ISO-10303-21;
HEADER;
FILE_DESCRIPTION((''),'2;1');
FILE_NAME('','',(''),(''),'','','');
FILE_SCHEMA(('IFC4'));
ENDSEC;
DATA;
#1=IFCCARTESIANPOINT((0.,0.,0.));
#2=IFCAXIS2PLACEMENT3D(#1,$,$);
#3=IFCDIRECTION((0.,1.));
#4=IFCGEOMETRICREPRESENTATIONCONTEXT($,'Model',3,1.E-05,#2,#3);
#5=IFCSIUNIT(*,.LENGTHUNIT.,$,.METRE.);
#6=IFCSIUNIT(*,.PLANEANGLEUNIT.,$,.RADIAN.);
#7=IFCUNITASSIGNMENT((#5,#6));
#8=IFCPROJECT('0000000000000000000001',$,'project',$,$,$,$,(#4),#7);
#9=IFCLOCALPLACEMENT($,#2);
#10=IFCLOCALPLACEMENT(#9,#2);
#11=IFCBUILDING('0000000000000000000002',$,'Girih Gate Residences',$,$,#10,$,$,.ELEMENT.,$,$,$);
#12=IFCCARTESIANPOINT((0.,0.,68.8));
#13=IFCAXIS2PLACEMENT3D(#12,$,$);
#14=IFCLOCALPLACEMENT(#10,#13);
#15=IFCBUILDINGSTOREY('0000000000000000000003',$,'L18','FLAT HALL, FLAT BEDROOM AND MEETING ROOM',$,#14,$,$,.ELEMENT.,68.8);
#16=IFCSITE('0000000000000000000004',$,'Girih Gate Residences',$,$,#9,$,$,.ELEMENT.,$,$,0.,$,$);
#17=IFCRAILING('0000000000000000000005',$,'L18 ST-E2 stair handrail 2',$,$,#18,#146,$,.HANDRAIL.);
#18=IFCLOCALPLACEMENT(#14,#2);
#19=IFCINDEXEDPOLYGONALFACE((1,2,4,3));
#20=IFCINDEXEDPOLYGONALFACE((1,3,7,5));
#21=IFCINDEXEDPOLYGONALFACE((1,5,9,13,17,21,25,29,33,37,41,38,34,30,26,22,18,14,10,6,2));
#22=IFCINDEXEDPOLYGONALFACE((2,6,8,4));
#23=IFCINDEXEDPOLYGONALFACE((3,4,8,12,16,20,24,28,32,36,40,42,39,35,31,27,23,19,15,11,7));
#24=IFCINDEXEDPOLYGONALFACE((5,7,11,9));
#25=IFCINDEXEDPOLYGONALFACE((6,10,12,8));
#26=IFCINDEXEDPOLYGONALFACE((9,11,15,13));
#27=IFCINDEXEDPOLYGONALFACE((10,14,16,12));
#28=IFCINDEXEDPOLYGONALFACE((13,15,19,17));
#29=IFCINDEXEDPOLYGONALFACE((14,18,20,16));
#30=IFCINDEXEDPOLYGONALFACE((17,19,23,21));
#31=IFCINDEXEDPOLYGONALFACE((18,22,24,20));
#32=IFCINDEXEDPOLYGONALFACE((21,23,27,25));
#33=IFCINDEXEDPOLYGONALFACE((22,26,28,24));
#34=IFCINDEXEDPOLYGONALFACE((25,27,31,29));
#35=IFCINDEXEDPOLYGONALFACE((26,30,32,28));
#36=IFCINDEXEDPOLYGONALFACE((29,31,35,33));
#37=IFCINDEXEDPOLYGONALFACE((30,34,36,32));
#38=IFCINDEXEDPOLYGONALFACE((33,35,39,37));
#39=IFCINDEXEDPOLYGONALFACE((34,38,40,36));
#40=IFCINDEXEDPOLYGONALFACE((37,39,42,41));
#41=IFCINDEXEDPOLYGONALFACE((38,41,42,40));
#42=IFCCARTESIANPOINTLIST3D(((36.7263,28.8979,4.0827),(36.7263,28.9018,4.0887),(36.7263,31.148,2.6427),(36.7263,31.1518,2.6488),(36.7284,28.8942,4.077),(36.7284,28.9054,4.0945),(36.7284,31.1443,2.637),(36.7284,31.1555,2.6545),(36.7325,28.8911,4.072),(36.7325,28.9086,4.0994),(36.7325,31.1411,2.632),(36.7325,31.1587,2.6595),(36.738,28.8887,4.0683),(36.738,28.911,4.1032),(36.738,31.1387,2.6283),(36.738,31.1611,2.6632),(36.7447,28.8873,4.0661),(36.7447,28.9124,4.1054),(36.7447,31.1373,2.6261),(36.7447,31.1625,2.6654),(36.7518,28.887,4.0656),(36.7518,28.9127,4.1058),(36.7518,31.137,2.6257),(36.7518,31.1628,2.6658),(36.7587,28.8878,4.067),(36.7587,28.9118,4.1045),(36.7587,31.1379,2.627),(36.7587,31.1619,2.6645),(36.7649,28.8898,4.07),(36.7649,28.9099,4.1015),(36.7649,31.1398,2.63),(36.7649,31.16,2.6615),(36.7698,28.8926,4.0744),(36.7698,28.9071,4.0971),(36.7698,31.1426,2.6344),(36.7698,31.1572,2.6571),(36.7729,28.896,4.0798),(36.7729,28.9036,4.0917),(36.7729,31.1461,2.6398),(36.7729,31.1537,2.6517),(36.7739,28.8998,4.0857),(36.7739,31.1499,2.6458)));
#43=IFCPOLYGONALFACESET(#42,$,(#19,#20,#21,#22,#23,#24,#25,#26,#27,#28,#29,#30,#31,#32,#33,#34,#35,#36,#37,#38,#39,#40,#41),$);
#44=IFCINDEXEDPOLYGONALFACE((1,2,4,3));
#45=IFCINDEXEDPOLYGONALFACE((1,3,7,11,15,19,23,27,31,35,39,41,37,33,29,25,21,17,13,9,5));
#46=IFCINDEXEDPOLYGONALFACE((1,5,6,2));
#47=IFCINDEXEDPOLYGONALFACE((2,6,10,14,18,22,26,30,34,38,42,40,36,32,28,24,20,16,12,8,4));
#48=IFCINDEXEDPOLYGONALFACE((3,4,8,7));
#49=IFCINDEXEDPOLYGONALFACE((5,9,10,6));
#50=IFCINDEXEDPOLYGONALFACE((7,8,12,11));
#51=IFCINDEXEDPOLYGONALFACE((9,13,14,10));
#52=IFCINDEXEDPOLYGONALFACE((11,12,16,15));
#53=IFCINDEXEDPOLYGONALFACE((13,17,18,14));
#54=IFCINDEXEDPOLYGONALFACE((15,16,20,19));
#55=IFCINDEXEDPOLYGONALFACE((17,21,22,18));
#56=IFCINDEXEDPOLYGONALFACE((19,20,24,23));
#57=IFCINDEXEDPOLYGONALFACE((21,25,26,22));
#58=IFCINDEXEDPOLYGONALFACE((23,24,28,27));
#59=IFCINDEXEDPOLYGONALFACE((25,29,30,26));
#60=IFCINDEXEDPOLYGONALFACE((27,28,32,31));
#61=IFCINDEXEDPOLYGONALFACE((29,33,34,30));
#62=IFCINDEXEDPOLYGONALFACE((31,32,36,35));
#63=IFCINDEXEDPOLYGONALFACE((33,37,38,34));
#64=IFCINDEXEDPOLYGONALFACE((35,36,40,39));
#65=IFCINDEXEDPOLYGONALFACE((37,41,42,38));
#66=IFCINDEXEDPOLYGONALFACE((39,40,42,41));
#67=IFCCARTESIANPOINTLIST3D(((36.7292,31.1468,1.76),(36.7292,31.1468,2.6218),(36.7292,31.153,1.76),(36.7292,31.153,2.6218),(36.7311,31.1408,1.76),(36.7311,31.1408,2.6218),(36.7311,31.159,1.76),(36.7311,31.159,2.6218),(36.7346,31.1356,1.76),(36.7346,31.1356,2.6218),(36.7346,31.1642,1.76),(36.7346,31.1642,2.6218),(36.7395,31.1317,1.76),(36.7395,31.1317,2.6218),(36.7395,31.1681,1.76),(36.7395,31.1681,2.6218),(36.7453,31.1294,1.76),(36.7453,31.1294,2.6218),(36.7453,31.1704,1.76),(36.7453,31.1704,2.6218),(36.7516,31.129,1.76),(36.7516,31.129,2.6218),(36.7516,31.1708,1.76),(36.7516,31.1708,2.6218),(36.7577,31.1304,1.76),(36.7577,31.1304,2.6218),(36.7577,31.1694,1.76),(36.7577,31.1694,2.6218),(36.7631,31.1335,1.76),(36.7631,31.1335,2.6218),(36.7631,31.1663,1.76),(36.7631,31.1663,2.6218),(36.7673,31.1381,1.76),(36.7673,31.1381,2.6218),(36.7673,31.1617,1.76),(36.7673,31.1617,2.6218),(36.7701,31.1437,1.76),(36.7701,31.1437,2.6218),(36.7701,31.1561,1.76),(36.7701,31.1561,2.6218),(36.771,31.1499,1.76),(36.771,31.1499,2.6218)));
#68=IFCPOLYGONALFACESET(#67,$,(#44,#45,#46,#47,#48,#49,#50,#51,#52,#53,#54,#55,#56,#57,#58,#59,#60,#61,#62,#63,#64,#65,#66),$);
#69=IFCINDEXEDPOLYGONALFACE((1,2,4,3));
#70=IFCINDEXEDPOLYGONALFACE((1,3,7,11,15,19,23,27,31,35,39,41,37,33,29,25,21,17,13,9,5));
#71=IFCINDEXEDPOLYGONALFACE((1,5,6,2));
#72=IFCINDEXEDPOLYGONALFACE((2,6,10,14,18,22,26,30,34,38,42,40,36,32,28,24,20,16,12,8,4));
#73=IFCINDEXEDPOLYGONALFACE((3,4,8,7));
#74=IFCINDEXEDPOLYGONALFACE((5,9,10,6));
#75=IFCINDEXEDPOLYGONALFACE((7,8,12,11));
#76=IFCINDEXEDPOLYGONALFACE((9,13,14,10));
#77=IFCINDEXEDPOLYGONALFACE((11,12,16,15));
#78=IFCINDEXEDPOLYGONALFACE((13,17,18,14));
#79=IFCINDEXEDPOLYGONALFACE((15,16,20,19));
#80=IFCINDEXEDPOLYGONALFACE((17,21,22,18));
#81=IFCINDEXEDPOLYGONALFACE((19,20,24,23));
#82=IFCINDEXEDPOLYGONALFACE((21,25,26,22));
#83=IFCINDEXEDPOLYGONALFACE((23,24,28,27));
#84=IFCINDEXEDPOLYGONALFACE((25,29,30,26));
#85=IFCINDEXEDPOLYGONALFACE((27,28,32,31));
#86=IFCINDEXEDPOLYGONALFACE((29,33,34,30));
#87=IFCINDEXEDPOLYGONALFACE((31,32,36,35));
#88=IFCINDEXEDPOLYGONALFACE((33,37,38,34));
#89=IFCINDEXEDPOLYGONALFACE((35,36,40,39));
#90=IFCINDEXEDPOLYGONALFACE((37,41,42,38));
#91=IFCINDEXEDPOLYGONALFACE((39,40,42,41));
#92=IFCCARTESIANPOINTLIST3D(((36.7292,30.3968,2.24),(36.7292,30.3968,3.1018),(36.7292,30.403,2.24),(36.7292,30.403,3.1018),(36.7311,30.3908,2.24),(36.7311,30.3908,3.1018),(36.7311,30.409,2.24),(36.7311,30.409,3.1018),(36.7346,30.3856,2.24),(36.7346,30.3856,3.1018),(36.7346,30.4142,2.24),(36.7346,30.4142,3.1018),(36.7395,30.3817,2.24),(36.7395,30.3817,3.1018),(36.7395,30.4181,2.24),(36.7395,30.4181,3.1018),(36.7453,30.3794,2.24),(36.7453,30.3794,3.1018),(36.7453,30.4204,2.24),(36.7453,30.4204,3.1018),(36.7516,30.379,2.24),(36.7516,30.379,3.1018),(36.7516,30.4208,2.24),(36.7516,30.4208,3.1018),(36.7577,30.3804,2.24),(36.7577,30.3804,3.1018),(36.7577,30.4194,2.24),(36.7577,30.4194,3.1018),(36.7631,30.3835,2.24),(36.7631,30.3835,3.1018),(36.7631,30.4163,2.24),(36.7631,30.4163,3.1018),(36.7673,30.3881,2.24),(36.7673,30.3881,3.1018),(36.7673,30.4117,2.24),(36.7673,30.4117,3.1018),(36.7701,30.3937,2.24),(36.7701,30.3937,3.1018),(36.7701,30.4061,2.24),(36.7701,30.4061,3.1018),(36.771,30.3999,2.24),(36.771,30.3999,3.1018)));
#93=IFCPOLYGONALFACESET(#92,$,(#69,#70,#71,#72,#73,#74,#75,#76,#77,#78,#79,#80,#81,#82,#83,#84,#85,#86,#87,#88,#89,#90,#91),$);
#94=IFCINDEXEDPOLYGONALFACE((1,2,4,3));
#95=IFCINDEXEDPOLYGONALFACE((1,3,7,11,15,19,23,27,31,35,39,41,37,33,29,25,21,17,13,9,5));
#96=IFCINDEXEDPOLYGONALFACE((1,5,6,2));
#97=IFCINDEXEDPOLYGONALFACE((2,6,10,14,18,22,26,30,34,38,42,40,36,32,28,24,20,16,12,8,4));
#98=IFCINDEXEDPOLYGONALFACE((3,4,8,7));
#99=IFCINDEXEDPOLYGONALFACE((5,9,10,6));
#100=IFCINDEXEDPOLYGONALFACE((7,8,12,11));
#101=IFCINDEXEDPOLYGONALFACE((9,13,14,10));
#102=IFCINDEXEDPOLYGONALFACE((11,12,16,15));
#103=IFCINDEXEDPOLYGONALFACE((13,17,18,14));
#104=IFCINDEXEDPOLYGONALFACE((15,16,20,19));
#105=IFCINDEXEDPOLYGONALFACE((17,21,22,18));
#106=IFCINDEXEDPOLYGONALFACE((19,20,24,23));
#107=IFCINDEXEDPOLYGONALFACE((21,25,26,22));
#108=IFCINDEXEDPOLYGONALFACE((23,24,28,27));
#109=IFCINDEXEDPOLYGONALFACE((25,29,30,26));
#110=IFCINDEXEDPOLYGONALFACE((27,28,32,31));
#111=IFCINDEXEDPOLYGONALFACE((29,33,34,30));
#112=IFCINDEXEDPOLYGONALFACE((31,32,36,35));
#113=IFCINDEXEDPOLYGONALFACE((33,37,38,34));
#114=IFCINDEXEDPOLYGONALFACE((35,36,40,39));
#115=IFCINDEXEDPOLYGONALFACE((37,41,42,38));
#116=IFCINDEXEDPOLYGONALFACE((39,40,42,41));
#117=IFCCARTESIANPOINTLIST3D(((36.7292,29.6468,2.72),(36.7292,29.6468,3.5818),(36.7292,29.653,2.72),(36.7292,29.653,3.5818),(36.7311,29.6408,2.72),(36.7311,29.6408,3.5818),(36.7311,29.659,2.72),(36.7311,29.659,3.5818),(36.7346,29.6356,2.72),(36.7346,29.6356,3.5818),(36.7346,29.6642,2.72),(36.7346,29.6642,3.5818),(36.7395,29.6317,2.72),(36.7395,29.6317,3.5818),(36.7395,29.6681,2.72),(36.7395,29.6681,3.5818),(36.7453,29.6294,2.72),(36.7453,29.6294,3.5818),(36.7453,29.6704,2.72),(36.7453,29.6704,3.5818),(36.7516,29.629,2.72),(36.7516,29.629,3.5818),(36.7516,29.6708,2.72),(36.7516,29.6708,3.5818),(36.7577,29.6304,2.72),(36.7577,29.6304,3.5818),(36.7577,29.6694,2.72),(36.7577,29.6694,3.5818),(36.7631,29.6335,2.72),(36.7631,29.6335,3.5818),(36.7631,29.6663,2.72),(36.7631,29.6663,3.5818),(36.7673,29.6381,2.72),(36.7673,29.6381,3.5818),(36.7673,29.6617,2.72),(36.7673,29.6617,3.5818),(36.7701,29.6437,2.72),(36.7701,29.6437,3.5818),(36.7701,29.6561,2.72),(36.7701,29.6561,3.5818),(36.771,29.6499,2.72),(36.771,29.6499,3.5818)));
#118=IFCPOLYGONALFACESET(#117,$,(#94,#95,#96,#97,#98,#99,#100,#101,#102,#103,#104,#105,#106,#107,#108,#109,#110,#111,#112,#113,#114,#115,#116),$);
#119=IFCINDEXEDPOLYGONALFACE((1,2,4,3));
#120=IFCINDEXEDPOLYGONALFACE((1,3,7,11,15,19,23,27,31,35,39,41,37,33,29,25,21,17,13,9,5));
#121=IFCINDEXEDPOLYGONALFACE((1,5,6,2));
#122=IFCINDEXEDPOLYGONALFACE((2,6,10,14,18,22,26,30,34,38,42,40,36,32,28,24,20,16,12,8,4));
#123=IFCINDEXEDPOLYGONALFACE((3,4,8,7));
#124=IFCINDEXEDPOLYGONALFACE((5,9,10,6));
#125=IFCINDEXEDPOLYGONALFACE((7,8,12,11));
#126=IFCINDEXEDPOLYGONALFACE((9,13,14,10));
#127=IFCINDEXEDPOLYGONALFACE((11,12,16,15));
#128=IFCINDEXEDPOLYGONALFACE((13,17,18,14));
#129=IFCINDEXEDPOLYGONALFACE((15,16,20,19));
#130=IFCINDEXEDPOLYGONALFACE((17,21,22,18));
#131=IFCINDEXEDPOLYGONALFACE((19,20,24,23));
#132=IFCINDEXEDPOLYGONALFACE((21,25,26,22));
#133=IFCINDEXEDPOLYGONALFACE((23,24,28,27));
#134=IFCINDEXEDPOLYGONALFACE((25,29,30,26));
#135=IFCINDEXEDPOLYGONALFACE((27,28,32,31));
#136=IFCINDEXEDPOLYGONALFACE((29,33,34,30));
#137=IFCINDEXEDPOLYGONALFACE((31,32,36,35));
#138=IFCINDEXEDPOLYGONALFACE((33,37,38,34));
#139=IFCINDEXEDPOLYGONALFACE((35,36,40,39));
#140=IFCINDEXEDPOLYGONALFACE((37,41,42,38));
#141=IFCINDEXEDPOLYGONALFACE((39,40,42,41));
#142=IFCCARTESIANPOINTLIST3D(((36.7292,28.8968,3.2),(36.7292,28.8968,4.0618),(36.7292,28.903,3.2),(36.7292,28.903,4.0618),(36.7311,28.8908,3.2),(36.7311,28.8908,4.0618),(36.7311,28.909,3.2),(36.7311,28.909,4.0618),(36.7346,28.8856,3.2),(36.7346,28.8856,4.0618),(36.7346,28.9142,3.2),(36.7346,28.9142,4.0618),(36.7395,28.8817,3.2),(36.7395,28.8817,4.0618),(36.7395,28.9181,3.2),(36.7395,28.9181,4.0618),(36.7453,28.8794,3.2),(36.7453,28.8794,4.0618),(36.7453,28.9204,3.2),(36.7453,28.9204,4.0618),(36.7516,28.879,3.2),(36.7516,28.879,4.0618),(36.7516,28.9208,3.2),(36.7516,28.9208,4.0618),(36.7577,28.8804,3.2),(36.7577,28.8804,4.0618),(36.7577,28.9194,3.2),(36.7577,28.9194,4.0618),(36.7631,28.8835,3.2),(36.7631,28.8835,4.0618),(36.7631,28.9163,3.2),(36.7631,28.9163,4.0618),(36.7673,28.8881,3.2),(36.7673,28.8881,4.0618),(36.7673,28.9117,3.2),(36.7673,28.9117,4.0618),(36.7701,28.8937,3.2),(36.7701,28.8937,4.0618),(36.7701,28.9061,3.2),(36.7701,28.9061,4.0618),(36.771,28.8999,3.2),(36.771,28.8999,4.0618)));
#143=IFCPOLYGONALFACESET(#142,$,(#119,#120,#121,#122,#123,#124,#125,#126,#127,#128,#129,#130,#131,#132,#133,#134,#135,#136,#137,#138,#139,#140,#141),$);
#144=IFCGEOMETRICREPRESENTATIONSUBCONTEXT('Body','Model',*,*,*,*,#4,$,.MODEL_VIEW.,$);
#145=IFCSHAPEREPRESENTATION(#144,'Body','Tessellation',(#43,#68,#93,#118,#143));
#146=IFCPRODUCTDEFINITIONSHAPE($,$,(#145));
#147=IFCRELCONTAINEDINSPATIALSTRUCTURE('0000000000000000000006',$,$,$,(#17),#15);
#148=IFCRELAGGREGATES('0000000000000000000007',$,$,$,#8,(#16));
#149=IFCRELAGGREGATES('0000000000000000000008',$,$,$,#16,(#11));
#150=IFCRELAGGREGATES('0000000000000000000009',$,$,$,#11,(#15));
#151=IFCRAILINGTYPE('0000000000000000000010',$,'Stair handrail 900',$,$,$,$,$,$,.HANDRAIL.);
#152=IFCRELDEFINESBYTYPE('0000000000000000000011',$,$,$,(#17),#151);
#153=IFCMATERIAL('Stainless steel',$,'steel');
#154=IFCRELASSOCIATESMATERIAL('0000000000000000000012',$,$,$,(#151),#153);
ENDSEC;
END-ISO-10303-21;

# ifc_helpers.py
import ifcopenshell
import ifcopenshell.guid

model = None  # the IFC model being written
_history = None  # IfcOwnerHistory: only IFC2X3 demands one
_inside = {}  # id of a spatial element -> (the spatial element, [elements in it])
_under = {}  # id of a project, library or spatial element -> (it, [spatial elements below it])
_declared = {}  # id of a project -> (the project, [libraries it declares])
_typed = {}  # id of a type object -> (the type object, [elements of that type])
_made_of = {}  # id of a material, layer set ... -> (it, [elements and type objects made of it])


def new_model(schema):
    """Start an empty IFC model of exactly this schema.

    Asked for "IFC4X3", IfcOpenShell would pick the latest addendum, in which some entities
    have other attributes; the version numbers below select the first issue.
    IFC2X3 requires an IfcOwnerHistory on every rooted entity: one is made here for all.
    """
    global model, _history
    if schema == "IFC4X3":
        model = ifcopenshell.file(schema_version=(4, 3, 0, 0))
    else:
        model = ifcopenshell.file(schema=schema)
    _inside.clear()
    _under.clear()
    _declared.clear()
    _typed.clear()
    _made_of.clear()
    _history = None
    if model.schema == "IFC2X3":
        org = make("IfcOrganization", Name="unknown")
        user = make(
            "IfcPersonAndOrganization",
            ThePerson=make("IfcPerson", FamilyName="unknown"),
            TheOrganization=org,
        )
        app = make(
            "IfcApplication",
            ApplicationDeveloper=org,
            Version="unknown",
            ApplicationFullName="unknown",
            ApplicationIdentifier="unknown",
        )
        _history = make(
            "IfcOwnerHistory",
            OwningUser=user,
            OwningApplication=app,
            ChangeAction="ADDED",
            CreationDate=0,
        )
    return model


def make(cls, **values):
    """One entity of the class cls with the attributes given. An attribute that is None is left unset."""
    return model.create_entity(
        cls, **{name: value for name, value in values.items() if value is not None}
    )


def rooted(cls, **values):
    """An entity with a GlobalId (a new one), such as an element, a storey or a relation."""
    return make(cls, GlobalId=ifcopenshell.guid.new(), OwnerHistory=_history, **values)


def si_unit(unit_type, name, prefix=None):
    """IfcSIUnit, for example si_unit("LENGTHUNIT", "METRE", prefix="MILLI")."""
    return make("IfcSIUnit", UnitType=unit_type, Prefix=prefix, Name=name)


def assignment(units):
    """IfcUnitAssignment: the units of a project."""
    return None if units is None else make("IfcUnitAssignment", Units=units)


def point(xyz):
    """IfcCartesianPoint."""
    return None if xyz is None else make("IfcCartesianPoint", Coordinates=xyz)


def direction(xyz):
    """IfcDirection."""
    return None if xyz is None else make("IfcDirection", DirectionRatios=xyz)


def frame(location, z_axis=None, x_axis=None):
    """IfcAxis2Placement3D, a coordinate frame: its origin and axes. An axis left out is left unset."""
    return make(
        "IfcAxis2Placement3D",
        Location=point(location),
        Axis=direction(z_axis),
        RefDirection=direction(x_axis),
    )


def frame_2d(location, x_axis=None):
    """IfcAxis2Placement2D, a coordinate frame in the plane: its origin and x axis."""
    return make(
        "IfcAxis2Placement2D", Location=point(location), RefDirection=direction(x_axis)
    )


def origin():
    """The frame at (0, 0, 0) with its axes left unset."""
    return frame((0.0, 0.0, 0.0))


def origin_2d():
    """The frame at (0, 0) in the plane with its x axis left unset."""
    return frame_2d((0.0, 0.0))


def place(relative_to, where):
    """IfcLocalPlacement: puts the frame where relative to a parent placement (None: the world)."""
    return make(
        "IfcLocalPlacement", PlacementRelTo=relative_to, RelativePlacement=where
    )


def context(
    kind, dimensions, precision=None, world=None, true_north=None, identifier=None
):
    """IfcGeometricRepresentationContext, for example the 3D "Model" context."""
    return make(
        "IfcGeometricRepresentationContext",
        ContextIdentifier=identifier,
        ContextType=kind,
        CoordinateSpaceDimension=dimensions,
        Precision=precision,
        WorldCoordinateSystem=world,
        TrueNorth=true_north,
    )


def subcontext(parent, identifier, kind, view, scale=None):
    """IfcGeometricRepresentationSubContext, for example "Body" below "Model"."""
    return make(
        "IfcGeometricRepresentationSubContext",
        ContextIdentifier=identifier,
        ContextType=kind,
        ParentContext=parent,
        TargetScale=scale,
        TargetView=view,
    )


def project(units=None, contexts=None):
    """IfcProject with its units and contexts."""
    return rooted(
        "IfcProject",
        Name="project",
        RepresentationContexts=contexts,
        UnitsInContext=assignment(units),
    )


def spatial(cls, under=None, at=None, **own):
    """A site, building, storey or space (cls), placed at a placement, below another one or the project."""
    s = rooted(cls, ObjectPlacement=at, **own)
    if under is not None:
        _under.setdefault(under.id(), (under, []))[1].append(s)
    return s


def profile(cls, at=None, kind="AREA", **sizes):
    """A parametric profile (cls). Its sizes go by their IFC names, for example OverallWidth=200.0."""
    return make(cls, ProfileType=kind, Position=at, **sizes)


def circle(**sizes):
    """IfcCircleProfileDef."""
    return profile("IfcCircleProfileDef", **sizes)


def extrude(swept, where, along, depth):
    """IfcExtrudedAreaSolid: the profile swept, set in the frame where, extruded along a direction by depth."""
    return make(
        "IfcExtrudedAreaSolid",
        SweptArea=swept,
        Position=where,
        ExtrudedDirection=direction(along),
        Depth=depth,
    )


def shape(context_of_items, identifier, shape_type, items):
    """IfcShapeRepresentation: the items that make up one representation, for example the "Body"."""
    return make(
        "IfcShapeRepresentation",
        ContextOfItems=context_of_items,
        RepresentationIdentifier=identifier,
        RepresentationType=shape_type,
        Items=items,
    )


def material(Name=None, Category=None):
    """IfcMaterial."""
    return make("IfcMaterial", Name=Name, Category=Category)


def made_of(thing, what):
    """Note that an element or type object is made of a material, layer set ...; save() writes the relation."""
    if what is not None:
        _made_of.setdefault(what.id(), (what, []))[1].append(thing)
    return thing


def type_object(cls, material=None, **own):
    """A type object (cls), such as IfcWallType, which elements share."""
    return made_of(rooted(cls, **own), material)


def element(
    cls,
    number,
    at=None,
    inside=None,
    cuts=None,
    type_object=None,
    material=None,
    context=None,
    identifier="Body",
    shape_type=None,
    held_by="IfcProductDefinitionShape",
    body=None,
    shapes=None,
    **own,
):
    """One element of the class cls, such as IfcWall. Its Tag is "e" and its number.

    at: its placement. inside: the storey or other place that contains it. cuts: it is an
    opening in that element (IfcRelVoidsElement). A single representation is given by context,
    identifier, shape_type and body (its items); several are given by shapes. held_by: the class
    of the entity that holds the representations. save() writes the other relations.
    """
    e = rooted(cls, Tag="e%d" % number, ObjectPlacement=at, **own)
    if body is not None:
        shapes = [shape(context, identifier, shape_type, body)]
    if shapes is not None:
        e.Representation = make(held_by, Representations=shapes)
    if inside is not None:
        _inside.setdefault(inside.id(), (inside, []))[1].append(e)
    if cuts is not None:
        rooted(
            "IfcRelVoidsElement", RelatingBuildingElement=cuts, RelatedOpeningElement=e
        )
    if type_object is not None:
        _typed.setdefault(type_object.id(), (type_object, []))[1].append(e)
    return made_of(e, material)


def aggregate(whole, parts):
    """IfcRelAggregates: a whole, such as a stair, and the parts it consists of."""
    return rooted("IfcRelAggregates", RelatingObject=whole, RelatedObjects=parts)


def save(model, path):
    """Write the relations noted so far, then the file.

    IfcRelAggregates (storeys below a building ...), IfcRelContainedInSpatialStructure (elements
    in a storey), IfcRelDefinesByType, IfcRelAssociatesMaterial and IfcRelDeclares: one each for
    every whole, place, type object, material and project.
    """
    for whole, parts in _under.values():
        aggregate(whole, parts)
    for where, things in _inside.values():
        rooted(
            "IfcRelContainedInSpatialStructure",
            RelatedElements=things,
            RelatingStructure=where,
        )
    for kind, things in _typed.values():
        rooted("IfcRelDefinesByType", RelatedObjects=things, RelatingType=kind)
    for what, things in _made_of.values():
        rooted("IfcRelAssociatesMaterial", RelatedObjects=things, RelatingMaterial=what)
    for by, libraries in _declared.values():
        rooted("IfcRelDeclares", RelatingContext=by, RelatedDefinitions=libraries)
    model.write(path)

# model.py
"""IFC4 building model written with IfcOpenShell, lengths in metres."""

from ifc_helpers import new_model, si_unit, direction, frame, origin, origin_2d, place, context, subcontext, project, spatial, circle, extrude, material, type_object, element, save


model = new_model("IFC4")

# Units and contexts
model_context = context("Model", 3, precision=1e-05, world=origin(), true_north=direction((0.0, 1.0)))
body_context = subcontext(model_context, "Body", "Model", "MODEL_VIEW")
ifc_project = project(units=[si_unit("LENGTHUNIT", "METRE"), si_unit("PLANEANGLEUNIT", "RADIAN")], contexts=[model_context])

# Site, building, storey
site_placement = place(None, origin())
site = spatial("IfcSite", under=ifc_project, at=site_placement, Name="Girih Gate Residences", CompositionType="ELEMENT", RefElevation=0.0)
building_placement = place(site_placement, origin())
building = spatial("IfcBuilding", under=site, at=building_placement, Name="Girih Gate Residences", CompositionType="ELEMENT")
storey_placement = place(building_placement, frame((0.0, 0.0, 68.8)))
storey = spatial("IfcBuildingStorey", under=building, at=storey_placement, Name="L18", Description="FLAT HALL, FLAT BEDROOM AND MEETING ROOM", CompositionType="ELEMENT", Elevation=68.8)

# Railing
ifc_material_1 = material(Name="Stainless steel", Category="steel")
railing_type_1 = type_object("IfcRailingType", Name="Stair handrail 900", PredefinedType="HANDRAIL", material=ifc_material_1)
railing_1_placement = place(storey_placement, frame((36.75, 31.1499, 1.76)))
element("IfcRailing", 1, at=railing_1_placement, inside=storey, type_object=railing_type_1, Name="L18 ST-E2 stair handrail 2", PredefinedType="HANDRAIL", context=body_context, shape_type="SweptSolid", body=[
    extrude(circle(Radius=0.0239, at=origin_2d()), frame((0.0, 0.0, 0.8857), z_axis=(0.0, -0.842281, 0.539038), x_axis=(1.0, 0.0, 0.0)), (0.0, 0.0, 1.0), 2.6714),
    extrude(circle(Radius=0.021, at=origin_2d()), origin(), (0.0, 0.0, 1.0), 0.8618),
    extrude(circle(Radius=0.021, at=origin_2d()), frame((0.0, -0.75, 0.48)), (0.0, 0.0, 1.0), 0.8618),
    extrude(circle(Radius=0.021, at=origin_2d()), frame((0.0, -1.5, 0.96)), (0.0, 0.0, 1.0), 0.8618),
    extrude(circle(Radius=0.021, at=origin_2d()), frame((0.0, -2.25, 1.4399)), (0.0, 0.0, 1.0), 0.8618),
])

save(model, "model.ifc")
